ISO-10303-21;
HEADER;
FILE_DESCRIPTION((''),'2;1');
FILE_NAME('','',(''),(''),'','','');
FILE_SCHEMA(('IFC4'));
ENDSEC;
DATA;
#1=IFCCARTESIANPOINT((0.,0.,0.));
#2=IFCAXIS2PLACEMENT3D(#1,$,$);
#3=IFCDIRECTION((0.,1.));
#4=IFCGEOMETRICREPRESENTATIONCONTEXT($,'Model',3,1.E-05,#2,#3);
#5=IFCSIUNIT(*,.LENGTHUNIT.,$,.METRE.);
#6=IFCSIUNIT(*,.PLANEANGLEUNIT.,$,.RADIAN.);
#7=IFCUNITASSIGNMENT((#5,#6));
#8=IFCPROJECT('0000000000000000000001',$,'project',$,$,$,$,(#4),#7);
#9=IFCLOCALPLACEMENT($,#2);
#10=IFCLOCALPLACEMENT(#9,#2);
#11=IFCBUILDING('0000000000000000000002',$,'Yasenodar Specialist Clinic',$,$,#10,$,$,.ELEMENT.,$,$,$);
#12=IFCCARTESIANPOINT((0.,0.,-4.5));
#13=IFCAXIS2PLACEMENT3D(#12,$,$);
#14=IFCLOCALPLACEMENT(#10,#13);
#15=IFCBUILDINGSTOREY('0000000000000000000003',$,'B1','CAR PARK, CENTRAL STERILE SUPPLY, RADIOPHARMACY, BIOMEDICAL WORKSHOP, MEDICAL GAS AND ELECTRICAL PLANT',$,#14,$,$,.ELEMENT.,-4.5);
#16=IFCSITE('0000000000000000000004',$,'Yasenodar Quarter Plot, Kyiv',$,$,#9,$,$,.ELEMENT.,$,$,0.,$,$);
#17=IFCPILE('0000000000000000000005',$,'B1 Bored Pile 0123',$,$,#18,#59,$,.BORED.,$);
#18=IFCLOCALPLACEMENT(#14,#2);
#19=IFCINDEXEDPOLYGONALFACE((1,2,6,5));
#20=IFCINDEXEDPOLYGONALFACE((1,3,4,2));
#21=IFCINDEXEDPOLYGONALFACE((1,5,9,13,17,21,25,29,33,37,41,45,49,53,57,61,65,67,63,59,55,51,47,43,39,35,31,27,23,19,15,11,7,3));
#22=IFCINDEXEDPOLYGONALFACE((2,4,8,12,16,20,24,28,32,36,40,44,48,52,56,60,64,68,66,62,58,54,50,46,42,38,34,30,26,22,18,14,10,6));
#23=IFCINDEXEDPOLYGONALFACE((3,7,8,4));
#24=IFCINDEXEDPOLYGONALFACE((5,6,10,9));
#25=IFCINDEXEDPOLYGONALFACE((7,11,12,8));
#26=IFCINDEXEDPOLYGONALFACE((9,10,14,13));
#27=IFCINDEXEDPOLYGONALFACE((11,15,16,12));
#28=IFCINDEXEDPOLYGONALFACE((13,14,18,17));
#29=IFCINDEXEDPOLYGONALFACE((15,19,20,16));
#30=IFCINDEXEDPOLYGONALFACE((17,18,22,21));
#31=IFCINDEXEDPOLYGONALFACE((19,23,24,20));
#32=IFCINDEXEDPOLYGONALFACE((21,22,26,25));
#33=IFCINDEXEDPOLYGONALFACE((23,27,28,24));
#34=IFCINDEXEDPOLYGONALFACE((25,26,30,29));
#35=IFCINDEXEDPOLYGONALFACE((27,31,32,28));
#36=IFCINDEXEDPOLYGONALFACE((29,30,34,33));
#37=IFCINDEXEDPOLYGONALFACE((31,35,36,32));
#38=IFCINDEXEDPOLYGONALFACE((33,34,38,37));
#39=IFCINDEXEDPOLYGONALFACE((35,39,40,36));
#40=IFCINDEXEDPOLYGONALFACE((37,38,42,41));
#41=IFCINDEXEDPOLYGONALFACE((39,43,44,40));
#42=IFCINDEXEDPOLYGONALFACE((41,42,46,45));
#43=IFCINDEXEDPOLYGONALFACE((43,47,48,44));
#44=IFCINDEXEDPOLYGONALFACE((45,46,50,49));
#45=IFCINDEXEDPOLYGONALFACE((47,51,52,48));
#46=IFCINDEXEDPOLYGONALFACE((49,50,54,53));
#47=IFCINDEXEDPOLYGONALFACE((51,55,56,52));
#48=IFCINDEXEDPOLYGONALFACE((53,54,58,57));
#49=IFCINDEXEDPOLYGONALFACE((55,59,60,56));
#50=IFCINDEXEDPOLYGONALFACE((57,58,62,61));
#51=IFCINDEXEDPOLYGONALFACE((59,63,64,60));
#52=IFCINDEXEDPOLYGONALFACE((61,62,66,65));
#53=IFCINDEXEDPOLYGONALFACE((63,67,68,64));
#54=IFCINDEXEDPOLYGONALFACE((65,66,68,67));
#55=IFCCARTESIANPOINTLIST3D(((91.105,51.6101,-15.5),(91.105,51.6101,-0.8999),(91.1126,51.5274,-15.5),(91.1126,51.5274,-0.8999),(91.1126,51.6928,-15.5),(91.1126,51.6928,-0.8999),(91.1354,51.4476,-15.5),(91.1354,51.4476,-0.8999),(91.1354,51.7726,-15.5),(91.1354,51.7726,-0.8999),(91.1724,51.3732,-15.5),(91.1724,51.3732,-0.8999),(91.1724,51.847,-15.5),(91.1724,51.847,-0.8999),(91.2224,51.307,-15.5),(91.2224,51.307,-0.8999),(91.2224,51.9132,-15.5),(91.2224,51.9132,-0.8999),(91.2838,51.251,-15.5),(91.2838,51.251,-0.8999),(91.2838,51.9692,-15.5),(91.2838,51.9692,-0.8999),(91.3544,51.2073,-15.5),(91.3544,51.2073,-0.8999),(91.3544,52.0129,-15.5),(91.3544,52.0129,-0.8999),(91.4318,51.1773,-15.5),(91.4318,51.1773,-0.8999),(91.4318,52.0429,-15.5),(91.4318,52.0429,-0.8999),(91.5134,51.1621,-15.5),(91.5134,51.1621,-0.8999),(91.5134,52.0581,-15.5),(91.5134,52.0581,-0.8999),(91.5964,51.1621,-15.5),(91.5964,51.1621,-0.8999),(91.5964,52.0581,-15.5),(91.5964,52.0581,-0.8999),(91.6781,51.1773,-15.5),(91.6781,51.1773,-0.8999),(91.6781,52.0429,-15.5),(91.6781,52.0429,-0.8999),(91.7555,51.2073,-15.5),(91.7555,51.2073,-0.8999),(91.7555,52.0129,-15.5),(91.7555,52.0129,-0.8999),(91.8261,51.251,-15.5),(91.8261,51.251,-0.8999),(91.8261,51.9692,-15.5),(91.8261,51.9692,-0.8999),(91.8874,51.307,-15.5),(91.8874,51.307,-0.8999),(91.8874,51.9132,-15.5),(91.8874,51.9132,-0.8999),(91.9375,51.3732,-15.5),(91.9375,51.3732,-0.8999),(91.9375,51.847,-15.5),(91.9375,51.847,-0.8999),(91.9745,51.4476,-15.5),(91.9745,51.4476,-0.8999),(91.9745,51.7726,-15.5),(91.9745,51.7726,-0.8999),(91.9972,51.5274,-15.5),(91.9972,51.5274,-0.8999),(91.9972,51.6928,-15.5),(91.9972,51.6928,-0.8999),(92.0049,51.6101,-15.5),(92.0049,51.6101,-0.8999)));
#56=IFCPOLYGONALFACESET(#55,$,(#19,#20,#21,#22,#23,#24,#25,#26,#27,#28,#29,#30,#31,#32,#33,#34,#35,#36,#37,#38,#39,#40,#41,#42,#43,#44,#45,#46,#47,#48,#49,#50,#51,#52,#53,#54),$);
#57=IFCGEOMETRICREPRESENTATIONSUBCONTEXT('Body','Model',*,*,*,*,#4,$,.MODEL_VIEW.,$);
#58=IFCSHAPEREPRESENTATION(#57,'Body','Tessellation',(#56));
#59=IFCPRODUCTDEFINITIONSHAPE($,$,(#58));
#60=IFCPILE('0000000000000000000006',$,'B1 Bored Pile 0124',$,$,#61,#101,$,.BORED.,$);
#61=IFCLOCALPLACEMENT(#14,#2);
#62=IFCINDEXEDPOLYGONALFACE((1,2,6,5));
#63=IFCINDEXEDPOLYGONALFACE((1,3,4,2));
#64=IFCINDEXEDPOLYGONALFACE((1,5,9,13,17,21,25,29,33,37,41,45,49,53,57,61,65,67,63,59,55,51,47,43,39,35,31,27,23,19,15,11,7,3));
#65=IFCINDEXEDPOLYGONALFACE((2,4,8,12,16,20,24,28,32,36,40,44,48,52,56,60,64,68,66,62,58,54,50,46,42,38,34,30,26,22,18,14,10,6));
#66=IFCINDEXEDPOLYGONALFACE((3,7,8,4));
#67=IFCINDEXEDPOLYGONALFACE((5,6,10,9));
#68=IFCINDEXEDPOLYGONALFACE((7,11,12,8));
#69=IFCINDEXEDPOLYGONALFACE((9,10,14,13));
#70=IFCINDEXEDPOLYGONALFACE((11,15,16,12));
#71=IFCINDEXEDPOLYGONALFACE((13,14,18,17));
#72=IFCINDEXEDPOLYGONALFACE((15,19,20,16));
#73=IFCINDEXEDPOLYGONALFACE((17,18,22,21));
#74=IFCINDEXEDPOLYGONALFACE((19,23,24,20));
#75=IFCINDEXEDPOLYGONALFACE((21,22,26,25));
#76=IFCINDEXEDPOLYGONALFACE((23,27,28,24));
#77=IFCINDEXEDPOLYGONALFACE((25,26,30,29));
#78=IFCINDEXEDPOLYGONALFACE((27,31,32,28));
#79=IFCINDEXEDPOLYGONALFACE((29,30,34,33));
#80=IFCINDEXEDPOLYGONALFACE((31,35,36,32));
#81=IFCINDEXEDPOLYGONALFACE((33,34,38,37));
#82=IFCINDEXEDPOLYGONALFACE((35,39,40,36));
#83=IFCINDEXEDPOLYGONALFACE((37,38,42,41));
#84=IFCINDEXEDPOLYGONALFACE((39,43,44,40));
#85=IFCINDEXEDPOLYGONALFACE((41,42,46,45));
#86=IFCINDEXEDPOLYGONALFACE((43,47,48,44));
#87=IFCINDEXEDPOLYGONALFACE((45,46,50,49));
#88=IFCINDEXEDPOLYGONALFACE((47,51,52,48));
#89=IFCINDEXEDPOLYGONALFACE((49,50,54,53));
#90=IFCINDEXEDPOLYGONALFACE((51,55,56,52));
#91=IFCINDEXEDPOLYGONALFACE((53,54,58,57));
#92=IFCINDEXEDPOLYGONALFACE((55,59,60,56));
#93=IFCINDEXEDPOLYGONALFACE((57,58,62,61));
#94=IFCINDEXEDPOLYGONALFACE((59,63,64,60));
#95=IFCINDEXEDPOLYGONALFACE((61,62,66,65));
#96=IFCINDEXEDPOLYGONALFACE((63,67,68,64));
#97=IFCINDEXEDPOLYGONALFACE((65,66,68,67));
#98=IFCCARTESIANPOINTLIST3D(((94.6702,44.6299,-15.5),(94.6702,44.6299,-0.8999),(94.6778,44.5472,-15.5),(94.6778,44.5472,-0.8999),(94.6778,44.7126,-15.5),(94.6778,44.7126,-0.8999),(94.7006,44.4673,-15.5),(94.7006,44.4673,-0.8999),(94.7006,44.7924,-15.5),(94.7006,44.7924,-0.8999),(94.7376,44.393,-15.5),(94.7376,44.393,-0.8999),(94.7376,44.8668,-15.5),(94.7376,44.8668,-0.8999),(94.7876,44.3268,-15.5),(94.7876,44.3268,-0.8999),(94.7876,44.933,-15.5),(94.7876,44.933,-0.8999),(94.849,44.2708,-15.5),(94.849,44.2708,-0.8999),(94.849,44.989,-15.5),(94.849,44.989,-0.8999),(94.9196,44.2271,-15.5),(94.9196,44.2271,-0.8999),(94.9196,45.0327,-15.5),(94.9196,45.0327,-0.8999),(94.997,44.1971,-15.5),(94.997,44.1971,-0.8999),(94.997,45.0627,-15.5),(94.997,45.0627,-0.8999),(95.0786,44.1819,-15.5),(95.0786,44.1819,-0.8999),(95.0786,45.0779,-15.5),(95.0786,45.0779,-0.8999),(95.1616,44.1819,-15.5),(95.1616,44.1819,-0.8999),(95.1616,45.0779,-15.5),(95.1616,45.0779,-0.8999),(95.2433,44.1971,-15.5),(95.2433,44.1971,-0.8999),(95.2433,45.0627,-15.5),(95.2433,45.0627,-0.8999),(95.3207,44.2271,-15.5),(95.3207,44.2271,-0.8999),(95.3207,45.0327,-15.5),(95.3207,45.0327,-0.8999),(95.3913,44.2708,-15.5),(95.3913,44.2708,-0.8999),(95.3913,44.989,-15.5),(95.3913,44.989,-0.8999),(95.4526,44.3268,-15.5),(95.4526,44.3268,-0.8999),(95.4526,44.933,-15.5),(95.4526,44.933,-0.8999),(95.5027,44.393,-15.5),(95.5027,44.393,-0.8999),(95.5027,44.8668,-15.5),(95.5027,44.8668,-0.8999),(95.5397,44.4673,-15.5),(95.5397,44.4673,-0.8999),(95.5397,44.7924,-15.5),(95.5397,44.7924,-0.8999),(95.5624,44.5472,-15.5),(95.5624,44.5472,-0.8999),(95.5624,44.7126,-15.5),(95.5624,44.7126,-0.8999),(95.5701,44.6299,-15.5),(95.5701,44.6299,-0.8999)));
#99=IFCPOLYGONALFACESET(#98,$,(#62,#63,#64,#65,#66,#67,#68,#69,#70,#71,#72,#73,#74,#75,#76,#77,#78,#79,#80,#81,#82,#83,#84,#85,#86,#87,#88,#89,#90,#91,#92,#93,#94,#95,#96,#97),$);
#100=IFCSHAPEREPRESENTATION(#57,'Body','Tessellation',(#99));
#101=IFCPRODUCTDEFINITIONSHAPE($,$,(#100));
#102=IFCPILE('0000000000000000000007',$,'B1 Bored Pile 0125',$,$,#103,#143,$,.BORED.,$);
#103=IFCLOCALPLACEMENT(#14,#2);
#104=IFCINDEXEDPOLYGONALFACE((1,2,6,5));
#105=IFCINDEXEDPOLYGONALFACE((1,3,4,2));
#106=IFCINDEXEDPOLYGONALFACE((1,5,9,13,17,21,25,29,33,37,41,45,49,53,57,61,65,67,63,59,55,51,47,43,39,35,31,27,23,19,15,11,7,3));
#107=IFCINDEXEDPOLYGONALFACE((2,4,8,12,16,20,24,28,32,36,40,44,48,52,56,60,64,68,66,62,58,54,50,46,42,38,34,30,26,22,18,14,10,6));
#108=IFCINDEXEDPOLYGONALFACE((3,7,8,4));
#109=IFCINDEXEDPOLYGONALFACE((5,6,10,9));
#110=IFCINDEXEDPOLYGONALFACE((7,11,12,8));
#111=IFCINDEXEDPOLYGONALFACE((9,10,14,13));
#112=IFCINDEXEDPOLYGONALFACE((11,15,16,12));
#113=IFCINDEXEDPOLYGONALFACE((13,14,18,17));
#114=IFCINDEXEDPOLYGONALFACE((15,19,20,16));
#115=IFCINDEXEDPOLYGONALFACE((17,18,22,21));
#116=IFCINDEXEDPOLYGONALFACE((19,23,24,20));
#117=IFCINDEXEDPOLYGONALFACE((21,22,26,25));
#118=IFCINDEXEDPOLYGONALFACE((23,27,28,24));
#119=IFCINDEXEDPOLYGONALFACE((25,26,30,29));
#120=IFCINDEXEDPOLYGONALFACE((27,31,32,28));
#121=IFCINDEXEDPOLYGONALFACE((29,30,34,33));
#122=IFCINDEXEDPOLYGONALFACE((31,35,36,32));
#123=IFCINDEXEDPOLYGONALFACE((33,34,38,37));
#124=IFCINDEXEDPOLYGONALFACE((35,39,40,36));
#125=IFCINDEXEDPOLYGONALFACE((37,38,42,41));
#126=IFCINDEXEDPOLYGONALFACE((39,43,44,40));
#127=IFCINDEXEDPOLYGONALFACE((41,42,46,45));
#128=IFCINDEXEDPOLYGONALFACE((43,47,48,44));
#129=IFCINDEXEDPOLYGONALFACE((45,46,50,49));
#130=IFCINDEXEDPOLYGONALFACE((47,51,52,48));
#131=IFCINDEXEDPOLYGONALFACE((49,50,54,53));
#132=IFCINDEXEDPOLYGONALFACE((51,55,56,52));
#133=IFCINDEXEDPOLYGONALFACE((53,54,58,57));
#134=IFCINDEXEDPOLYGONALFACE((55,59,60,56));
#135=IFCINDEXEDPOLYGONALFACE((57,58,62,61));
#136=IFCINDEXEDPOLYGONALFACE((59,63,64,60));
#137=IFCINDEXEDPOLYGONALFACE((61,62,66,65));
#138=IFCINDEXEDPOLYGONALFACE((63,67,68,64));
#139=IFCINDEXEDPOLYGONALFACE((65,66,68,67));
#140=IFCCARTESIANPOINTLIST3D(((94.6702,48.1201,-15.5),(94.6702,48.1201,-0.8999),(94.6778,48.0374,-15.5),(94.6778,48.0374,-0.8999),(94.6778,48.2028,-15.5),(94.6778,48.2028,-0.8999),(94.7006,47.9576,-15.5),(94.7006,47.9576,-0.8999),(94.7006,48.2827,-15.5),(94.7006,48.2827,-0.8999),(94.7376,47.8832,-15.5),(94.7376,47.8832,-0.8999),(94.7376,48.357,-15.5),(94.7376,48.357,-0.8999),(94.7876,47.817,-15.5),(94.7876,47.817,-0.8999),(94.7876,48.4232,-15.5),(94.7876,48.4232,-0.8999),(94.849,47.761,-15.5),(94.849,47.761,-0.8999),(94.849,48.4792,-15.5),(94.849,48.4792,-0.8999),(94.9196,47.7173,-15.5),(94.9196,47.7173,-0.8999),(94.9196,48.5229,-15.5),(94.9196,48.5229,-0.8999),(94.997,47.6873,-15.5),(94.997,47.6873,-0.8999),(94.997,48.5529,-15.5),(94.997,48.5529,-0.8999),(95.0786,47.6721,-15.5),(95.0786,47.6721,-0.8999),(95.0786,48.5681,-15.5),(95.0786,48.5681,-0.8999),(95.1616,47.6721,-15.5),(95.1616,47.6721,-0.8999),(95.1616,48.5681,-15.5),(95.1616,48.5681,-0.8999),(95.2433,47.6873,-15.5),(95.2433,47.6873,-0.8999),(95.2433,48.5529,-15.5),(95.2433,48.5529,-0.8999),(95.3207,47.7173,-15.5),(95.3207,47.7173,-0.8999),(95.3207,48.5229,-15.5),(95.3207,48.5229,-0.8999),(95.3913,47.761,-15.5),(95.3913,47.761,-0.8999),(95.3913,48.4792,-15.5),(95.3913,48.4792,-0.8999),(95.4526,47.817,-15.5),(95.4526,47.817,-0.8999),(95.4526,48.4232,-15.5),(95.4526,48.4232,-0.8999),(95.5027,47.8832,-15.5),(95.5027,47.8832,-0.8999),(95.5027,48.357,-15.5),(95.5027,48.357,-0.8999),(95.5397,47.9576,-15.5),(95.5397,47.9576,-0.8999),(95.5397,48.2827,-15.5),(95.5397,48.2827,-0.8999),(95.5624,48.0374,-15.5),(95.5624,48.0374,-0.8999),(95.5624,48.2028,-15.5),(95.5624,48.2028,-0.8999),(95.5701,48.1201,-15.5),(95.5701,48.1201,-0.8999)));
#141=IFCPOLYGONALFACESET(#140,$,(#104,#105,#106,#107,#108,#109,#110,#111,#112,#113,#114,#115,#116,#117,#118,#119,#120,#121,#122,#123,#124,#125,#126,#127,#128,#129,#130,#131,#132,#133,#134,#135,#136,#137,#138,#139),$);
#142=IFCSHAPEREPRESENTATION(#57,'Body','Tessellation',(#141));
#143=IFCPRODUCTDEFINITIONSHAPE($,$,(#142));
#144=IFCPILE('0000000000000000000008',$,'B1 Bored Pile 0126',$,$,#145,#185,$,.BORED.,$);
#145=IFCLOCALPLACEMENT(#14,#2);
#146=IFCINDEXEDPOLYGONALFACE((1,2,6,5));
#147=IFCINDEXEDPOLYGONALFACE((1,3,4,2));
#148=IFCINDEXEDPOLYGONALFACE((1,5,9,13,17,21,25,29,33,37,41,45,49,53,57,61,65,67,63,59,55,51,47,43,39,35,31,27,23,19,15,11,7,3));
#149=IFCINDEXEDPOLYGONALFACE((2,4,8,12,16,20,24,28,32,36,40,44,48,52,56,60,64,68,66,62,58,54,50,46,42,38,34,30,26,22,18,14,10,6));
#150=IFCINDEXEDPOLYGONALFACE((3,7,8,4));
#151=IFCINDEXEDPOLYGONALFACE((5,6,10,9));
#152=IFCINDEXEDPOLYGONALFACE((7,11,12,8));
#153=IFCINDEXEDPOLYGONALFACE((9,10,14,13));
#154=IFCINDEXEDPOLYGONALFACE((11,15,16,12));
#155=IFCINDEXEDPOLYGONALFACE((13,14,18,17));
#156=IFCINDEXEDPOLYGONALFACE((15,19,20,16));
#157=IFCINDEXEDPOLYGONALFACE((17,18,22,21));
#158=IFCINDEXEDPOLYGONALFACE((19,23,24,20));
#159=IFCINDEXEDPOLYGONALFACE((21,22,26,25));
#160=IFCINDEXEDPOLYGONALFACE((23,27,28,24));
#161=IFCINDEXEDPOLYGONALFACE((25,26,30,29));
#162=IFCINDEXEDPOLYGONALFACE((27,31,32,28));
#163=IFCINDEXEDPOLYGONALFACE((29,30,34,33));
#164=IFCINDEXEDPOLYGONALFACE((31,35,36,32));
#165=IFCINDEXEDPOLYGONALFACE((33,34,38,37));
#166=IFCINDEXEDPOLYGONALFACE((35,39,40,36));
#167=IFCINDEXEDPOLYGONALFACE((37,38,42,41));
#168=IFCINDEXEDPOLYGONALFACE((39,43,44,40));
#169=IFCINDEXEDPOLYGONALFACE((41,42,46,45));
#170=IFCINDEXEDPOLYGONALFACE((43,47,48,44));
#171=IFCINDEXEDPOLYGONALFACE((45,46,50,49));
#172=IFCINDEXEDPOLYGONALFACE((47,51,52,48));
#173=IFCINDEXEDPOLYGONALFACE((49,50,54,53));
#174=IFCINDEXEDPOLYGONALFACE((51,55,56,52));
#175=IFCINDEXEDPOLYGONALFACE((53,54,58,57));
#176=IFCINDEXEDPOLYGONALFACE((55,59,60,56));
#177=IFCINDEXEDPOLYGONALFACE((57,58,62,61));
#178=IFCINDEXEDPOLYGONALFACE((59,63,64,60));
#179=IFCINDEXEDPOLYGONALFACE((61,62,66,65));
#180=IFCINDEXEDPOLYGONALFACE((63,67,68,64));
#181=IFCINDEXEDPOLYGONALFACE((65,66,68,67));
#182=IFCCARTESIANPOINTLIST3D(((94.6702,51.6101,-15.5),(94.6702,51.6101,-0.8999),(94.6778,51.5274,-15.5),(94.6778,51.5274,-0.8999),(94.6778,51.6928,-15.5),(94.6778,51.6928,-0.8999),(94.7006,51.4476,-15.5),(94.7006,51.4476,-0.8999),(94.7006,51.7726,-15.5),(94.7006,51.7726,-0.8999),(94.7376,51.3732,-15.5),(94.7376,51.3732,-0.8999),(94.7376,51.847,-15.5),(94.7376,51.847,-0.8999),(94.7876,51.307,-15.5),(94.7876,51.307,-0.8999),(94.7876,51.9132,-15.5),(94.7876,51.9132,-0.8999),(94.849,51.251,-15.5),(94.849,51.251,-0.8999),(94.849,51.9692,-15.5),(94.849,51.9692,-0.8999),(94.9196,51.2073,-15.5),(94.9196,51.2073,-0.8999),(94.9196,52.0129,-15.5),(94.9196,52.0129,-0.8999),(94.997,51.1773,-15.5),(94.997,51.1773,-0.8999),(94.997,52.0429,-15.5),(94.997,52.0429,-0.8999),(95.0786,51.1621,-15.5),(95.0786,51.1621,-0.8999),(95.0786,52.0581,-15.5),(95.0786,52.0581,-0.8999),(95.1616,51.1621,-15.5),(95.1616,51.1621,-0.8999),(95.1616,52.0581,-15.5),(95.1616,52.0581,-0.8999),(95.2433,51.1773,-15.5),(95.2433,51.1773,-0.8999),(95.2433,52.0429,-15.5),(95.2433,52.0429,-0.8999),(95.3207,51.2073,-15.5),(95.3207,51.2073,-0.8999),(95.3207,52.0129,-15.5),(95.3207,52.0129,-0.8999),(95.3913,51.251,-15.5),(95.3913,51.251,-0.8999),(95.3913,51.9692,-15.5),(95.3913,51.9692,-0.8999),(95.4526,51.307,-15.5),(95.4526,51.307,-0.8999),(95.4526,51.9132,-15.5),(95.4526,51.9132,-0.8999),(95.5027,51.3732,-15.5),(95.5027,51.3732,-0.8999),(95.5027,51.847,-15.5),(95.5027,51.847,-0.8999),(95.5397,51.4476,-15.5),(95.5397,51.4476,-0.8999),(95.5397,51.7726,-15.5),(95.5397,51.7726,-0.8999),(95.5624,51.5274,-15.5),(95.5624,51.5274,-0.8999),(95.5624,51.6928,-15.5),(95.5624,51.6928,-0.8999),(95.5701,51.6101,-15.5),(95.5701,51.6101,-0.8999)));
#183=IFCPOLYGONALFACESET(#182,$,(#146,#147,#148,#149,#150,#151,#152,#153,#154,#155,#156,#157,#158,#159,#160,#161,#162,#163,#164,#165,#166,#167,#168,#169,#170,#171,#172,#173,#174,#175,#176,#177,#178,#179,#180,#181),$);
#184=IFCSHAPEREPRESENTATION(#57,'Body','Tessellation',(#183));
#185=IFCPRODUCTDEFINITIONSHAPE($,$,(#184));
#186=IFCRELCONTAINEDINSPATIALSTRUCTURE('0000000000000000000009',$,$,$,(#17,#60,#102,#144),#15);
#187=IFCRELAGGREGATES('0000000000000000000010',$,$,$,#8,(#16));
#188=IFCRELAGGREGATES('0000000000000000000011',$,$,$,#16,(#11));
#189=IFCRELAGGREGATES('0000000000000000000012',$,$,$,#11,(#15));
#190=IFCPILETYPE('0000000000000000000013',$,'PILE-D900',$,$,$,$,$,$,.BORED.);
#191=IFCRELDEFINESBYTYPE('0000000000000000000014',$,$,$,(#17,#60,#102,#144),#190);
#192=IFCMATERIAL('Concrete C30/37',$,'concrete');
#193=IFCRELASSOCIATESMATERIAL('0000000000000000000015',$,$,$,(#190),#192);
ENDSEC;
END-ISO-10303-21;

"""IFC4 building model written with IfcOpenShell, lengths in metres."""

from ifc_helpers import new_model, si_unit, direction, frame, origin, origin_2d, place, context, subcontext, project, spatial, circle, extrude, material, material_profile, profile_set, type_object, element, save


model = new_model("IFC4")

# Units and contexts
model_context = context("Model", 3, precision=1e-05, world=origin(), true_north=direction((0.0, 1.0)))
body_context = subcontext(model_context, "Body", "Model", "MODEL_VIEW")
ifc_project = project(units=[si_unit("LENGTHUNIT", "METRE"), si_unit("PLANEANGLEUNIT", "RADIAN")], contexts=[model_context])

# Site, building, storey
site_placement = place(None, origin())
site = spatial("IfcSite", under=ifc_project, at=site_placement, Name="Yasenodar Quarter Plot, Kyiv", CompositionType="ELEMENT", RefElevation=0.0)
building_placement = place(site_placement, origin())
building = spatial("IfcBuilding", under=site, at=building_placement, Name="Yasenodar Specialist Clinic", CompositionType="ELEMENT")
storey_placement = place(building_placement, frame((0.0, 0.0, -4.5)))
storey = spatial("IfcBuildingStorey", under=building, at=storey_placement, Name="B1", Description="CAR PARK, CENTRAL STERILE SUPPLY, RADIOPHARMACY, BIOMEDICAL WORKSHOP, MEDICAL GAS AND ELECTRICAL PLANT", CompositionType="ELEMENT", Elevation=-4.5)

# Piles
ifc_material_1 = material(Name="Concrete C30/37", Category="concrete")
ifc_material_profile_1 = material_profile(ifc_material_1, circle(Radius=0.45, at=origin_2d()), Name="PILE D900")
ifc_profile_set_1 = profile_set([ifc_material_profile_1], Name="Concrete C30/37")
pile_type_1 = type_object("IfcPileType", Name="PILE-D900", PredefinedType="BORED", material=ifc_profile_set_1)
for number, where, z_axis, x_axis, name in (
    (1, (91.5549, 51.6101, -0.8999), (0.0, 0.0, -1.0), (1.0, 0.0, 0.0), "B1 Bored Pile 0123"),
    (2, (95.1201, 44.6299, -0.8999), (0.0, 0.0, -1.0), (1.0, 0.0, 0.0), "B1 Bored Pile 0124"),
    (3, (95.1201, 48.1201, -0.8999), (0.0, 0.0, -1.0), (1.0, 0.0, 0.0), "B1 Bored Pile 0125"),
    (4, (95.1201, 51.6101, -0.8999), (0.0, 0.0, -1.0), (1.0, 0.0, 0.0), "B1 Bored Pile 0126"),
):
    element("IfcPile", number, at=place(storey_placement, frame(where, z_axis=z_axis, x_axis=x_axis)), inside=storey, type_object=pile_type_1, Name=name, PredefinedType="BORED", context=body_context, shape_type="SweptSolid", body=[
        extrude(circle(Radius=0.45, at=origin_2d()), origin(), (0.0, 0.0, 1.0), 14.6001),
    ])

save(model, "model.ifc")
